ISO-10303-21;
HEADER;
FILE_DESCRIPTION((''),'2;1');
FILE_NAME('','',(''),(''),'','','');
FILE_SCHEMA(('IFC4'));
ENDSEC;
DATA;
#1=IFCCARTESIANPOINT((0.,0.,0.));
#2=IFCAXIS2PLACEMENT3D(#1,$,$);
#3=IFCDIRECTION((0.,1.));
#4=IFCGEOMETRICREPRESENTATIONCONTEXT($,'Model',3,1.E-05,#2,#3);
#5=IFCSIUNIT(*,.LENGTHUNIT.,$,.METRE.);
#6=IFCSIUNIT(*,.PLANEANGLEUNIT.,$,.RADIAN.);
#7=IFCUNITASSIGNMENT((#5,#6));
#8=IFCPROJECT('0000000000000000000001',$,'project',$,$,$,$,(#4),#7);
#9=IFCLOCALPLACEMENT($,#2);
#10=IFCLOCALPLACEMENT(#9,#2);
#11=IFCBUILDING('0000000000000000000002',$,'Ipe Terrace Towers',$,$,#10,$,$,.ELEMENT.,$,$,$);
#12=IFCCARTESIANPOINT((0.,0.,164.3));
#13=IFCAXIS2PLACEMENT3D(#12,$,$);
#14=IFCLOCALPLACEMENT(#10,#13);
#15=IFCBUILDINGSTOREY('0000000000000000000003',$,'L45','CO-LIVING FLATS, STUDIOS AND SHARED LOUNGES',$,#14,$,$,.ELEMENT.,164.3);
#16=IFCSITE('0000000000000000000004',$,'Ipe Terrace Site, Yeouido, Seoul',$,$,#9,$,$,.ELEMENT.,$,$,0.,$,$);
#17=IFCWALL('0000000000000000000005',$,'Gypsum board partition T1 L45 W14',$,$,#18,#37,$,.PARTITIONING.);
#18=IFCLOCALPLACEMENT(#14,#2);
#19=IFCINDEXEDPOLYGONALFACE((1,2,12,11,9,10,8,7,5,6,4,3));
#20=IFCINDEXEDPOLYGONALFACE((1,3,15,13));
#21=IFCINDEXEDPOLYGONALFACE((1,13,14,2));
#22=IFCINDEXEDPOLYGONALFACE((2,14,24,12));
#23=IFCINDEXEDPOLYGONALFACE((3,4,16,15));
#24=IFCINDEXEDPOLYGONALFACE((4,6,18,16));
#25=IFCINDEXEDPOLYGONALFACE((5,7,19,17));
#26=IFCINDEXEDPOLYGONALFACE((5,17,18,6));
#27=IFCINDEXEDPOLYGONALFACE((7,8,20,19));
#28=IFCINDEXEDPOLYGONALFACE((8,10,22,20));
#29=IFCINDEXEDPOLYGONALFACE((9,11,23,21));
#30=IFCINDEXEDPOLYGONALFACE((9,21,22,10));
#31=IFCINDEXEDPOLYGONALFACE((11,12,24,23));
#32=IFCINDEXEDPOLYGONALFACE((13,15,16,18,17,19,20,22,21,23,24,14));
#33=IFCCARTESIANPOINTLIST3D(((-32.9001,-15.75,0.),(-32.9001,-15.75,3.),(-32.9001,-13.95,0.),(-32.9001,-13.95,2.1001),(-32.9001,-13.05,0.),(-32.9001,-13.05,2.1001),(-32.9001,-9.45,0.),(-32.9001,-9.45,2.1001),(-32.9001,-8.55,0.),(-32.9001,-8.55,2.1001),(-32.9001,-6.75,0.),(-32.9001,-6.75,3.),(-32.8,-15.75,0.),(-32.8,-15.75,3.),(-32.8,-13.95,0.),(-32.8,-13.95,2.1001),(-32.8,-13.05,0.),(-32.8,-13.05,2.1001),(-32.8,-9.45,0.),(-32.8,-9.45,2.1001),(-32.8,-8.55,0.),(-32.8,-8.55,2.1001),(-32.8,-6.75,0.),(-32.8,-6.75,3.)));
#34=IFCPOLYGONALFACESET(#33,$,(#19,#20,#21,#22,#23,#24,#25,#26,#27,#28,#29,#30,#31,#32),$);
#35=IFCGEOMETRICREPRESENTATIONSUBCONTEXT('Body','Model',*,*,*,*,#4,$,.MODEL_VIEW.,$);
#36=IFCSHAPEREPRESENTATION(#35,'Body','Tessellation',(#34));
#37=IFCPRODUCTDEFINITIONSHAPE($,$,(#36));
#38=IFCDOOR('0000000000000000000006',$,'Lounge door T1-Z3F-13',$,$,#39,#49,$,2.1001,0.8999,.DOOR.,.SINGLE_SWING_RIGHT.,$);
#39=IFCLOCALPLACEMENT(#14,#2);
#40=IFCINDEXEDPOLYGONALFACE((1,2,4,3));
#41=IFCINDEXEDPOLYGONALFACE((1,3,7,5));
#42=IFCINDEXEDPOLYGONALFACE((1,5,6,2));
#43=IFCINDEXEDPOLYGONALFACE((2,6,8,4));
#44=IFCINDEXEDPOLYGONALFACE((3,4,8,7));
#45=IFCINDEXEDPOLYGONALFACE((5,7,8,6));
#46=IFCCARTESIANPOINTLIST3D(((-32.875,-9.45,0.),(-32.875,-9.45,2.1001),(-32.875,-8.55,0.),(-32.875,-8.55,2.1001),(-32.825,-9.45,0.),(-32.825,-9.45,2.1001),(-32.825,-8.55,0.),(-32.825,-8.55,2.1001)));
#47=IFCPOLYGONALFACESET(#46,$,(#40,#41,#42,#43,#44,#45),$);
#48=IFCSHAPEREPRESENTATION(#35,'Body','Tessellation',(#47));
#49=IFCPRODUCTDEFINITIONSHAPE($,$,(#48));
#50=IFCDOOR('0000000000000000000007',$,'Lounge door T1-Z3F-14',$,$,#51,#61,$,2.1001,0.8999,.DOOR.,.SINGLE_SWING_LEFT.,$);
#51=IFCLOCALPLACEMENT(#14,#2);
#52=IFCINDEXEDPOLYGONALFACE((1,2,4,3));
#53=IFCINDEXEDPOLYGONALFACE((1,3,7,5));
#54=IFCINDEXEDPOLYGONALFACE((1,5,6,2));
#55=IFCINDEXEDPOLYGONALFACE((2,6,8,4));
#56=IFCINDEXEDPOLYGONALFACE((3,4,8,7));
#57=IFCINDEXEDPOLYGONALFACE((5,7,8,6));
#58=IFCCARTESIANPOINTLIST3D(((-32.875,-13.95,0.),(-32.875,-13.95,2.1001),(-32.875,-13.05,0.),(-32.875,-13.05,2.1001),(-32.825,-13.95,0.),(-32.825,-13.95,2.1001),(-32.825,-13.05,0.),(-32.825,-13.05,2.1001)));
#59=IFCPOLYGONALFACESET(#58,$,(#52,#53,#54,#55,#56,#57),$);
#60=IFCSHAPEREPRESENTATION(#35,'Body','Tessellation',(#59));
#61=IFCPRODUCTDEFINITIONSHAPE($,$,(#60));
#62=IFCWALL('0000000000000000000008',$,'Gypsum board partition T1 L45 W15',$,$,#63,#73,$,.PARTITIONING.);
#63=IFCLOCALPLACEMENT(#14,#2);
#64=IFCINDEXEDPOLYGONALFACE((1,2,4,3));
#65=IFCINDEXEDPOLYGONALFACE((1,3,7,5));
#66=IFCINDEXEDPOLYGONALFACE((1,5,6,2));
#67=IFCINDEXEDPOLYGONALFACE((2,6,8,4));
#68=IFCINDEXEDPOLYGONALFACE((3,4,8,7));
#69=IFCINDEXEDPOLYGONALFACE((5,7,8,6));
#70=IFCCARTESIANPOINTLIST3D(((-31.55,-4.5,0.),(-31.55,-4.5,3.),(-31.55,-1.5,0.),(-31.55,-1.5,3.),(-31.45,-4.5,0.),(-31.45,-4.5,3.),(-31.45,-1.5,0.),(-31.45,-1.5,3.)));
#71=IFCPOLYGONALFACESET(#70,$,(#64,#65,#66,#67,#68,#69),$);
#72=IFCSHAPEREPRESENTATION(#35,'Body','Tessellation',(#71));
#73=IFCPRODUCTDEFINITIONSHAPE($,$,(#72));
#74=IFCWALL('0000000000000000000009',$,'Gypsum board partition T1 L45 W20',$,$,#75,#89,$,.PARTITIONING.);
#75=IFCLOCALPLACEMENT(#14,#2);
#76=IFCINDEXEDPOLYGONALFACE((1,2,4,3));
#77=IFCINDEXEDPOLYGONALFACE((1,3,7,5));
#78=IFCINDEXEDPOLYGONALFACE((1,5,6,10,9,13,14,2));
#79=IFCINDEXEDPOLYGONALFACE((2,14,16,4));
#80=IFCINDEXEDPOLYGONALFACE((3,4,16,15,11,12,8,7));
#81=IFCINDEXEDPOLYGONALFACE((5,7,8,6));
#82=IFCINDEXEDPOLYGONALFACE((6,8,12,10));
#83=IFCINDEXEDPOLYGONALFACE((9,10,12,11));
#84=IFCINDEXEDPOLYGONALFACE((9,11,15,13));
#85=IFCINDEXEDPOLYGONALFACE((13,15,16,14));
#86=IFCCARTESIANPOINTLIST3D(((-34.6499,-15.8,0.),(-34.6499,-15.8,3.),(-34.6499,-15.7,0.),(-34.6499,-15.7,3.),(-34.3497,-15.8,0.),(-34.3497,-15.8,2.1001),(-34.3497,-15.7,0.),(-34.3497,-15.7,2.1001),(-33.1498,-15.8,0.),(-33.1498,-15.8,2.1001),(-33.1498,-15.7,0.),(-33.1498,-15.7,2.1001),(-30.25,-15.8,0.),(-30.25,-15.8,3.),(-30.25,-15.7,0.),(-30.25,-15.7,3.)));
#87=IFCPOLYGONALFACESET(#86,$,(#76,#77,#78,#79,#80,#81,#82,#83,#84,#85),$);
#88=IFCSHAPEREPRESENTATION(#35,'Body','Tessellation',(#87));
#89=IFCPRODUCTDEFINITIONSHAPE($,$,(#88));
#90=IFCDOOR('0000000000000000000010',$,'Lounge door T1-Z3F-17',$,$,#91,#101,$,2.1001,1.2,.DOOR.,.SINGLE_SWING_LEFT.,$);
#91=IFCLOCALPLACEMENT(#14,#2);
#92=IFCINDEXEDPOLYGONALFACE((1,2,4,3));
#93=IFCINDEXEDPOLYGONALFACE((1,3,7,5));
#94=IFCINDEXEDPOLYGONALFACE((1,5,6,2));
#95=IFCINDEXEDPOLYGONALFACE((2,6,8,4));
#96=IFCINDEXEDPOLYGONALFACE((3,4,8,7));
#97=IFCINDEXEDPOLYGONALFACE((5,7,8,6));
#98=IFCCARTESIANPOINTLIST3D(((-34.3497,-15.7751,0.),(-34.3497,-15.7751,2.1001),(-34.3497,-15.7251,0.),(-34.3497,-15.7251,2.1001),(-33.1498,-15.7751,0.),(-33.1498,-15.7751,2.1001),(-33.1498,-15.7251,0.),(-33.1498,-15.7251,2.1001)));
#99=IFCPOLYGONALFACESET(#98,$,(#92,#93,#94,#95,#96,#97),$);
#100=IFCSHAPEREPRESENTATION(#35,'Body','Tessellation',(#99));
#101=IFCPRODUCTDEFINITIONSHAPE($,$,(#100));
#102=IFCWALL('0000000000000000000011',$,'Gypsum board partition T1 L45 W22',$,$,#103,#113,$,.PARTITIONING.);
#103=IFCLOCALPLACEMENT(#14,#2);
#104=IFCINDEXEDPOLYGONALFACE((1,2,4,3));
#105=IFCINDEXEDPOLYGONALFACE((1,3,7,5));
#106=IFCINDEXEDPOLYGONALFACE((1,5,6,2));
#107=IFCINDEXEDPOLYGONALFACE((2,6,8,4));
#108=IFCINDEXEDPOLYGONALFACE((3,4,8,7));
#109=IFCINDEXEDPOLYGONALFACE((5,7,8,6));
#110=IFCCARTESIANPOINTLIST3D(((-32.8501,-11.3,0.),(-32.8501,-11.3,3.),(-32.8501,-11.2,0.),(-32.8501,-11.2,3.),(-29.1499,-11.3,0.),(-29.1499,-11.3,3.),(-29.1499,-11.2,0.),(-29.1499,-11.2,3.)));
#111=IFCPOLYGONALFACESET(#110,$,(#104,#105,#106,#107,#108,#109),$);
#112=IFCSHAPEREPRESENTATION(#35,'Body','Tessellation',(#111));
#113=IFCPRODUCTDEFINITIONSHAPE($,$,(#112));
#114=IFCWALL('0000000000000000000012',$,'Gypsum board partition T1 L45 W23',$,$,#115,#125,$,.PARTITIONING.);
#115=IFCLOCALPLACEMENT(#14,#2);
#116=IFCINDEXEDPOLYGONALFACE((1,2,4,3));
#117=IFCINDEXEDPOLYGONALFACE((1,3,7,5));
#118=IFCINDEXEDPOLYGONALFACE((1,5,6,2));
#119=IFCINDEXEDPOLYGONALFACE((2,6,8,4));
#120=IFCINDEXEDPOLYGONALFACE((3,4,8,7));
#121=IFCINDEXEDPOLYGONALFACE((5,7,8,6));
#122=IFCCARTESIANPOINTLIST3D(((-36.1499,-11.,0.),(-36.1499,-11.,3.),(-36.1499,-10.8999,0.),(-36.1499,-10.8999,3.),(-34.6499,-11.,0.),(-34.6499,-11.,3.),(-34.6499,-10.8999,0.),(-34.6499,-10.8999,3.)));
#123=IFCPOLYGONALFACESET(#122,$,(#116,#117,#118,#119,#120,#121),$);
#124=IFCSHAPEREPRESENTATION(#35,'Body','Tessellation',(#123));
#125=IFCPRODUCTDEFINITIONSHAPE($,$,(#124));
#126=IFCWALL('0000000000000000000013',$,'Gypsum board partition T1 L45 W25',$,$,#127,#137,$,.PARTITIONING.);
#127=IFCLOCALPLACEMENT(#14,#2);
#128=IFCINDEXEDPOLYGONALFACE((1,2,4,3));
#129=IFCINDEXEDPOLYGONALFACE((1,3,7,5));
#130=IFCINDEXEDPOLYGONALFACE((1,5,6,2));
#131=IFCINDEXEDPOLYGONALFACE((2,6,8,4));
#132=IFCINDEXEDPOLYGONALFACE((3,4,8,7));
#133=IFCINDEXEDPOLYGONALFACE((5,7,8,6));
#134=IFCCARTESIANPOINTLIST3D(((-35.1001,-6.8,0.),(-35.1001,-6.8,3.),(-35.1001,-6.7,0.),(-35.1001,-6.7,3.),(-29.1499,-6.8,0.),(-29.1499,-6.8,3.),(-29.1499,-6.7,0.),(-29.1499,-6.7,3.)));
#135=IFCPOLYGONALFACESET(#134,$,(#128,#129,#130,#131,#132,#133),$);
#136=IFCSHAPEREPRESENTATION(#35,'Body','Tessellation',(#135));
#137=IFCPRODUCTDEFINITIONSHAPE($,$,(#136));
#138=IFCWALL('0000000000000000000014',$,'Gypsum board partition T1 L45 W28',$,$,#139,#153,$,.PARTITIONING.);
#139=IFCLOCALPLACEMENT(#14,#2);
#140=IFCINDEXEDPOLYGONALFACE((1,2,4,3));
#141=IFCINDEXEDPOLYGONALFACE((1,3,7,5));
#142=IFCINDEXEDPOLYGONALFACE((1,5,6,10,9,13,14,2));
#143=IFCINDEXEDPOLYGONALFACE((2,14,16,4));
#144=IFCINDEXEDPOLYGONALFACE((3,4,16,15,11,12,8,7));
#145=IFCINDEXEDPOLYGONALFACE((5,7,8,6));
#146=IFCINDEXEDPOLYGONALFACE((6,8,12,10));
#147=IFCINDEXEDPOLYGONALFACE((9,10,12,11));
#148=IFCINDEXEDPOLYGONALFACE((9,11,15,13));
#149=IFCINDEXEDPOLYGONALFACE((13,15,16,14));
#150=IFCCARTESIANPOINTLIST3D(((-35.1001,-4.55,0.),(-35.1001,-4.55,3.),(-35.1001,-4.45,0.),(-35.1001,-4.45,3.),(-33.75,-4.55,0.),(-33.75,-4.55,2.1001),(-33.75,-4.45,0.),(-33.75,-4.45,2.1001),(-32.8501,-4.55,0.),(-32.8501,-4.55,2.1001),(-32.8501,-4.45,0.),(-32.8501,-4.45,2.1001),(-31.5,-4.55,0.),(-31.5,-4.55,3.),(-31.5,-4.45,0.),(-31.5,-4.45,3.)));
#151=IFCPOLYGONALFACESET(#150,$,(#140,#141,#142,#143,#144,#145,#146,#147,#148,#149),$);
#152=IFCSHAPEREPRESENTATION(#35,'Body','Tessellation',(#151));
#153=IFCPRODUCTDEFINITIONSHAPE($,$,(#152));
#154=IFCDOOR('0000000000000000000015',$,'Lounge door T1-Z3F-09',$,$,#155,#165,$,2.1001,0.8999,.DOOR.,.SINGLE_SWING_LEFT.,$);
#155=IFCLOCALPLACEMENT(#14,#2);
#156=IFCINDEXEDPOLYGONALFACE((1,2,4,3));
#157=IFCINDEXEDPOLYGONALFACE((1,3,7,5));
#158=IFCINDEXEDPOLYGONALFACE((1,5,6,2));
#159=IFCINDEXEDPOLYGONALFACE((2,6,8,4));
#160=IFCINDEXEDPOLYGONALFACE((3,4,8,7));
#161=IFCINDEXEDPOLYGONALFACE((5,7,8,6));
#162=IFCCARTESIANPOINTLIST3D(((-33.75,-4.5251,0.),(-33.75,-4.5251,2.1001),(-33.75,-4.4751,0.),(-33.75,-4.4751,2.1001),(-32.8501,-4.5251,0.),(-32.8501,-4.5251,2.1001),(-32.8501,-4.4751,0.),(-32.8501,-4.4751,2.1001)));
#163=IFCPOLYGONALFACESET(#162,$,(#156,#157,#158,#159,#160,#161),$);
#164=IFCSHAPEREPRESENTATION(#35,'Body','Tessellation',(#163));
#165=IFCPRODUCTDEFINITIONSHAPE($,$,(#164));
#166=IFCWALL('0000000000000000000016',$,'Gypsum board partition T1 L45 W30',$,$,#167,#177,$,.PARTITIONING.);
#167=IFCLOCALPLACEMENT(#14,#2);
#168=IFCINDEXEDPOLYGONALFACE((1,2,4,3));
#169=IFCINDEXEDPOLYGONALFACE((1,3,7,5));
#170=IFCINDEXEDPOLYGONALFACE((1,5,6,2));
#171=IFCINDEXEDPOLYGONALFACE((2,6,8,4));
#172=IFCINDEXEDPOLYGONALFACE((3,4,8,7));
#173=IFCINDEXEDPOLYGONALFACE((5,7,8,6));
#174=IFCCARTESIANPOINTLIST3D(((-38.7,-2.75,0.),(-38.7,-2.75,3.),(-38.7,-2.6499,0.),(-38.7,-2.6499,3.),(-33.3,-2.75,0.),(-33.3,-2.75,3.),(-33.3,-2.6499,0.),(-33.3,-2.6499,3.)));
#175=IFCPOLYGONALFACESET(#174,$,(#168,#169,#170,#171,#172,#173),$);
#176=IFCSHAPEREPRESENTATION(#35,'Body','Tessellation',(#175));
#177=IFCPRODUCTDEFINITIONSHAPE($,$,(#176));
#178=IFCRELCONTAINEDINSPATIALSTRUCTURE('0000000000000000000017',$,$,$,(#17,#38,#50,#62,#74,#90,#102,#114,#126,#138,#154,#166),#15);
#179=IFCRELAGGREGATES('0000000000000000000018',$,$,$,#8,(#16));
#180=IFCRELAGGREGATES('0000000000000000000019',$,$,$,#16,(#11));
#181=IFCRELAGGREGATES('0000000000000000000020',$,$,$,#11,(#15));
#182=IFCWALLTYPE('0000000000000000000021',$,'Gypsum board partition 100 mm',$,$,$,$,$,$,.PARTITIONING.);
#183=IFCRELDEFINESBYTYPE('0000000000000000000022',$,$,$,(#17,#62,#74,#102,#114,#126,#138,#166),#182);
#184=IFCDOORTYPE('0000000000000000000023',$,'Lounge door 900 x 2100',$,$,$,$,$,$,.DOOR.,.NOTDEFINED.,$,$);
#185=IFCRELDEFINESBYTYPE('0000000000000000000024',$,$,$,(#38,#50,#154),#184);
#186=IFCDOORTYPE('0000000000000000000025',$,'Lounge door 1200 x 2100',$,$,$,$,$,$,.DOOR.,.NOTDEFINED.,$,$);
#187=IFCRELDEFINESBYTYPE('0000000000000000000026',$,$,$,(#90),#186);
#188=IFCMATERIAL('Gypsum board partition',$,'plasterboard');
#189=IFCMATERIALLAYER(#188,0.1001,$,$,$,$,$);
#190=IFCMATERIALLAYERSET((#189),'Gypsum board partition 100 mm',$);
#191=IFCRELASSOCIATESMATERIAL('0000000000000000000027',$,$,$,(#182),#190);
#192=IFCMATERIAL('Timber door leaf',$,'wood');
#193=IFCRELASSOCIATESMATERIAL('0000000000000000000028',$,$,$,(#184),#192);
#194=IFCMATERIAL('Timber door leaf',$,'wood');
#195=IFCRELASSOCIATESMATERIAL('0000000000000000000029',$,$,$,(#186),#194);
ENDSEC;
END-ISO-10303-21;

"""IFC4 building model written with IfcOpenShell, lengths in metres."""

from ifc_helpers import new_model, si_unit, direction, frame, frame_2d, origin, place, context, subcontext, project, spatial, rectangle, extrude, material, layer, layer_set, type_object, element, fill, save


model = new_model("IFC4")

# Units and contexts
model_context = context("Model", 3, precision=1e-05, world=origin(), true_north=direction((0.0, 1.0)))
body_context = subcontext(model_context, "Body", "Model", "MODEL_VIEW")
ifc_project = project(units=[si_unit("LENGTHUNIT", "METRE"), si_unit("PLANEANGLEUNIT", "RADIAN")], contexts=[model_context])

# Site, building, storey
site_placement = place(None, origin())
site = spatial("IfcSite", under=ifc_project, at=site_placement, Name="Ipe Terrace Site, Yeouido, Seoul", CompositionType="ELEMENT", RefElevation=0.0)
building_placement = place(site_placement, origin())
building = spatial("IfcBuilding", under=site, at=building_placement, Name="Ipe Terrace Towers", CompositionType="ELEMENT")
storey_placement = place(building_placement, frame((0.0, 0.0, 164.3)))
storey = spatial("IfcBuildingStorey", under=building, at=storey_placement, Name="L45", Description="CO-LIVING FLATS, STUDIOS AND SHARED LOUNGES", CompositionType="ELEMENT", Elevation=164.3)

# Shared definitions
ifc_material_1 = material(Name="Gypsum board partition", Category="plasterboard")
ifc_layer_1 = layer(ifc_material_1, 0.1001)
ifc_layer_set_1 = layer_set([ifc_layer_1], Name="Gypsum board partition 100 mm")
wall_type_1 = type_object("IfcWallType", Name="Gypsum board partition 100 mm", PredefinedType="PARTITIONING", material=ifc_layer_set_1)

# Wall, openings, doors
wall_1_placement = place(storey_placement, frame((-32.8501, -15.75, 0.0), z_axis=(0.0, 0.0, 1.0), x_axis=(0.0, 1.0, 0.0)))
wall_1 = element("IfcWall", 1, at=wall_1_placement, inside=storey, type_object=wall_type_1, Name="Gypsum board partition T1 L45 W14", PredefinedType="PARTITIONING", context=body_context, shape_type="SweptSolid", body=[
    extrude(rectangle(XDim=9.0, YDim=0.1001, at=frame_2d((4.5, 0.0))), origin(), (0.0, 0.0, 1.0), 3.0),
])
opening_1_placement = place(wall_1_placement, frame((6.3, 0.0, 0.0)))
opening_1 = element("IfcOpeningElement", 2, at=opening_1_placement, cuts=wall_1, PredefinedType="OPENING", context=body_context, shape_type="SweptSolid", body=[
    extrude(rectangle(XDim=0.8999, YDim=2.1001, at=frame_2d((0.45, 1.05))), frame((0.0, 0.0601, 0.0), z_axis=(0.0, -1.0, 0.0), x_axis=(1.0, 0.0, 0.0)), (0.0, 0.0, 1.0), 0.1201),
])
opening_2_placement = place(wall_1_placement, frame((1.8, 0.0, 0.0)))
opening_2 = element("IfcOpeningElement", 3, at=opening_2_placement, cuts=wall_1, PredefinedType="OPENING", context=body_context, shape_type="SweptSolid", body=[
    extrude(rectangle(XDim=0.8999, YDim=2.1001, at=frame_2d((0.45, 1.05))), frame((0.0, 0.0601, 0.0), z_axis=(0.0, -1.0, 0.0), x_axis=(1.0, 0.0, 0.0)), (0.0, 0.0, 1.0), 0.1201),
])
ifc_material_2 = material(Name="Timber door leaf", Category="wood")
door_type_1 = type_object("IfcDoorType", Name="Lounge door 900 x 2100", OperationType="NOTDEFINED", PredefinedType="DOOR", material=ifc_material_2)
door_1_placement = place(opening_1_placement, origin())
door_1 = element("IfcDoor", 4, at=door_1_placement, inside=storey, type_object=door_type_1, Name="Lounge door T1-Z3F-13", OperationType="SINGLE_SWING_RIGHT", OverallHeight=2.1001, OverallWidth=0.8999, PredefinedType="DOOR", context=body_context, shape_type="SweptSolid", body=[
    extrude(rectangle(XDim=0.8999, YDim=2.1001, at=frame_2d((0.45, 1.05))), frame((0.0, 0.0249, 0.0), z_axis=(0.0, -1.0, 0.0), x_axis=(1.0, 0.0, 0.0)), (0.0, 0.0, 1.0), 0.05),
])
fill(opening_1, door_1)
door_2_placement = place(opening_2_placement, origin())
door_2 = element("IfcDoor", 5, at=door_2_placement, inside=storey, type_object=door_type_1, Name="Lounge door T1-Z3F-14", OperationType="SINGLE_SWING_LEFT", OverallHeight=2.1001, OverallWidth=0.8999, PredefinedType="DOOR", context=body_context, shape_type="SweptSolid", body=[
    extrude(rectangle(XDim=0.8999, YDim=2.1001, at=frame_2d((0.45, 1.05))), frame((0.0, 0.0249, 0.0), z_axis=(0.0, -1.0, 0.0), x_axis=(1.0, 0.0, 0.0)), (0.0, 0.0, 1.0), 0.05),
])
fill(opening_2, door_2)

# Wall
wall_2_placement = place(storey_placement, frame((-31.5, -4.5, 0.0), z_axis=(0.0, 0.0, 1.0), x_axis=(0.0, 1.0, 0.0)))
element("IfcWall", 6, at=wall_2_placement, inside=storey, type_object=wall_type_1, Name="Gypsum board partition T1 L45 W15", PredefinedType="PARTITIONING", context=body_context, shape_type="SweptSolid", body=[
    extrude(rectangle(XDim=3.0, YDim=0.1001, at=frame_2d((1.5, 0.0))), origin(), (0.0, 0.0, 1.0), 3.0),
])

# Wall, opening, door
wall_3_placement = place(storey_placement, frame((-34.6499, -15.75, 0.0), z_axis=(0.0, 0.0, 1.0), x_axis=(1.0, 0.0, 0.0)))
wall_3 = element("IfcWall", 7, at=wall_3_placement, inside=storey, type_object=wall_type_1, Name="Gypsum board partition T1 L45 W20", PredefinedType="PARTITIONING", context=body_context, shape_type="SweptSolid", body=[
    extrude(rectangle(XDim=4.3999, YDim=0.1001, at=frame_2d((2.2, 0.0))), origin(), (0.0, 0.0, 1.0), 3.0),
])
opening_3_placement = place(wall_3_placement, frame((0.3, 0.0, 0.0)))
opening_3 = element("IfcOpeningElement", 8, at=opening_3_placement, cuts=wall_3, PredefinedType="OPENING", context=body_context, shape_type="SweptSolid", body=[
    extrude(rectangle(XDim=1.2, YDim=2.1001, at=frame_2d((0.6001, 1.05))), frame((0.0, 0.0601, 0.0), z_axis=(0.0, -1.0, 0.0), x_axis=(1.0, 0.0, 0.0)), (0.0, 0.0, 1.0), 0.1201),
])
ifc_material_3 = material(Name="Timber door leaf", Category="wood")
door_type_2 = type_object("IfcDoorType", Name="Lounge door 1200 x 2100", OperationType="NOTDEFINED", PredefinedType="DOOR", material=ifc_material_3)
door_3_placement = place(opening_3_placement, origin())
door_3 = element("IfcDoor", 9, at=door_3_placement, inside=storey, type_object=door_type_2, Name="Lounge door T1-Z3F-17", OperationType="SINGLE_SWING_LEFT", OverallHeight=2.1001, OverallWidth=1.2, PredefinedType="DOOR", context=body_context, shape_type="SweptSolid", body=[
    extrude(rectangle(XDim=1.2, YDim=2.1001, at=frame_2d((0.6001, 1.05))), frame((0.0, 0.0249, 0.0), z_axis=(0.0, -1.0, 0.0), x_axis=(1.0, 0.0, 0.0)), (0.0, 0.0, 1.0), 0.05),
])
fill(opening_3, door_3)

# Walls
wall_4_placement = place(storey_placement, frame((-32.8501, -11.25, 0.0), z_axis=(0.0, 0.0, 1.0), x_axis=(1.0, 0.0, 0.0)))
element("IfcWall", 10, at=wall_4_placement, inside=storey, type_object=wall_type_1, Name="Gypsum board partition T1 L45 W22", PredefinedType="PARTITIONING", context=body_context, shape_type="SweptSolid", body=[
    extrude(rectangle(XDim=3.7002, YDim=0.1001, at=frame_2d((1.8501, 0.0))), origin(), (0.0, 0.0, 1.0), 3.0),
])
wall_5_placement = place(storey_placement, frame((-36.1499, -10.95, 0.0), z_axis=(0.0, 0.0, 1.0), x_axis=(1.0, 0.0, 0.0)))
element("IfcWall", 11, at=wall_5_placement, inside=storey, type_object=wall_type_1, Name="Gypsum board partition T1 L45 W23", PredefinedType="PARTITIONING", context=body_context, shape_type="SweptSolid", body=[
    extrude(rectangle(XDim=1.5, YDim=0.1001, at=frame_2d((0.75, 0.0))), origin(), (0.0, 0.0, 1.0), 3.0),
])
wall_6_placement = place(storey_placement, frame((-35.1001, -6.75, 0.0), z_axis=(0.0, 0.0, 1.0), x_axis=(1.0, 0.0, 0.0)))
element("IfcWall", 12, at=wall_6_placement, inside=storey, type_object=wall_type_1, Name="Gypsum board partition T1 L45 W25", PredefinedType="PARTITIONING", context=body_context, shape_type="SweptSolid", body=[
    extrude(rectangle(XDim=5.9502, YDim=0.1001, at=frame_2d((2.9751, 0.0))), origin(), (0.0, 0.0, 1.0), 3.0),
])

# Wall, opening, door
wall_7_placement = place(storey_placement, frame((-35.1001, -4.5, 0.0), z_axis=(0.0, 0.0, 1.0), x_axis=(1.0, 0.0, 0.0)))
wall_7 = element("IfcWall", 13, at=wall_7_placement, inside=storey, type_object=wall_type_1, Name="Gypsum board partition T1 L45 W28", PredefinedType="PARTITIONING", context=body_context, shape_type="SweptSolid", body=[
    extrude(rectangle(XDim=3.6001, YDim=0.1001, at=frame_2d((1.8, 0.0))), origin(), (0.0, 0.0, 1.0), 3.0),
])
opening_4_placement = place(wall_7_placement, frame((1.3501, 0.0, 0.0)))
opening_4 = element("IfcOpeningElement", 14, at=opening_4_placement, cuts=wall_7, PredefinedType="OPENING", context=body_context, shape_type="SweptSolid", body=[
    extrude(rectangle(XDim=0.8999, YDim=2.1001, at=frame_2d((0.45, 1.05))), frame((0.0, 0.0601, 0.0), z_axis=(0.0, -1.0, 0.0), x_axis=(1.0, 0.0, 0.0)), (0.0, 0.0, 1.0), 0.1201),
])
door_4_placement = place(opening_4_placement, origin())
door_4 = element("IfcDoor", 15, at=door_4_placement, inside=storey, type_object=door_type_1, Name="Lounge door T1-Z3F-09", OperationType="SINGLE_SWING_LEFT", OverallHeight=2.1001, OverallWidth=0.8999, PredefinedType="DOOR", context=body_context, shape_type="SweptSolid", body=[
    extrude(rectangle(XDim=0.8999, YDim=2.1001, at=frame_2d((0.45, 1.05))), frame((0.0, 0.0249, 0.0), z_axis=(0.0, -1.0, 0.0), x_axis=(1.0, 0.0, 0.0)), (0.0, 0.0, 1.0), 0.05),
])
fill(opening_4, door_4)

# Wall
wall_8_placement = place(storey_placement, frame((-38.7, -2.7, 0.0), z_axis=(0.0, 0.0, 1.0), x_axis=(1.0, 0.0, 0.0)))
element("IfcWall", 16, at=wall_8_placement, inside=storey, type_object=wall_type_1, Name="Gypsum board partition T1 L45 W30", PredefinedType="PARTITIONING", context=body_context, shape_type="SweptSolid", body=[
    extrude(rectangle(XDim=5.3999, YDim=0.1001, at=frame_2d((2.7, 0.0))), origin(), (0.0, 0.0, 1.0), 3.0),
])

save(model, "model.ifc")
